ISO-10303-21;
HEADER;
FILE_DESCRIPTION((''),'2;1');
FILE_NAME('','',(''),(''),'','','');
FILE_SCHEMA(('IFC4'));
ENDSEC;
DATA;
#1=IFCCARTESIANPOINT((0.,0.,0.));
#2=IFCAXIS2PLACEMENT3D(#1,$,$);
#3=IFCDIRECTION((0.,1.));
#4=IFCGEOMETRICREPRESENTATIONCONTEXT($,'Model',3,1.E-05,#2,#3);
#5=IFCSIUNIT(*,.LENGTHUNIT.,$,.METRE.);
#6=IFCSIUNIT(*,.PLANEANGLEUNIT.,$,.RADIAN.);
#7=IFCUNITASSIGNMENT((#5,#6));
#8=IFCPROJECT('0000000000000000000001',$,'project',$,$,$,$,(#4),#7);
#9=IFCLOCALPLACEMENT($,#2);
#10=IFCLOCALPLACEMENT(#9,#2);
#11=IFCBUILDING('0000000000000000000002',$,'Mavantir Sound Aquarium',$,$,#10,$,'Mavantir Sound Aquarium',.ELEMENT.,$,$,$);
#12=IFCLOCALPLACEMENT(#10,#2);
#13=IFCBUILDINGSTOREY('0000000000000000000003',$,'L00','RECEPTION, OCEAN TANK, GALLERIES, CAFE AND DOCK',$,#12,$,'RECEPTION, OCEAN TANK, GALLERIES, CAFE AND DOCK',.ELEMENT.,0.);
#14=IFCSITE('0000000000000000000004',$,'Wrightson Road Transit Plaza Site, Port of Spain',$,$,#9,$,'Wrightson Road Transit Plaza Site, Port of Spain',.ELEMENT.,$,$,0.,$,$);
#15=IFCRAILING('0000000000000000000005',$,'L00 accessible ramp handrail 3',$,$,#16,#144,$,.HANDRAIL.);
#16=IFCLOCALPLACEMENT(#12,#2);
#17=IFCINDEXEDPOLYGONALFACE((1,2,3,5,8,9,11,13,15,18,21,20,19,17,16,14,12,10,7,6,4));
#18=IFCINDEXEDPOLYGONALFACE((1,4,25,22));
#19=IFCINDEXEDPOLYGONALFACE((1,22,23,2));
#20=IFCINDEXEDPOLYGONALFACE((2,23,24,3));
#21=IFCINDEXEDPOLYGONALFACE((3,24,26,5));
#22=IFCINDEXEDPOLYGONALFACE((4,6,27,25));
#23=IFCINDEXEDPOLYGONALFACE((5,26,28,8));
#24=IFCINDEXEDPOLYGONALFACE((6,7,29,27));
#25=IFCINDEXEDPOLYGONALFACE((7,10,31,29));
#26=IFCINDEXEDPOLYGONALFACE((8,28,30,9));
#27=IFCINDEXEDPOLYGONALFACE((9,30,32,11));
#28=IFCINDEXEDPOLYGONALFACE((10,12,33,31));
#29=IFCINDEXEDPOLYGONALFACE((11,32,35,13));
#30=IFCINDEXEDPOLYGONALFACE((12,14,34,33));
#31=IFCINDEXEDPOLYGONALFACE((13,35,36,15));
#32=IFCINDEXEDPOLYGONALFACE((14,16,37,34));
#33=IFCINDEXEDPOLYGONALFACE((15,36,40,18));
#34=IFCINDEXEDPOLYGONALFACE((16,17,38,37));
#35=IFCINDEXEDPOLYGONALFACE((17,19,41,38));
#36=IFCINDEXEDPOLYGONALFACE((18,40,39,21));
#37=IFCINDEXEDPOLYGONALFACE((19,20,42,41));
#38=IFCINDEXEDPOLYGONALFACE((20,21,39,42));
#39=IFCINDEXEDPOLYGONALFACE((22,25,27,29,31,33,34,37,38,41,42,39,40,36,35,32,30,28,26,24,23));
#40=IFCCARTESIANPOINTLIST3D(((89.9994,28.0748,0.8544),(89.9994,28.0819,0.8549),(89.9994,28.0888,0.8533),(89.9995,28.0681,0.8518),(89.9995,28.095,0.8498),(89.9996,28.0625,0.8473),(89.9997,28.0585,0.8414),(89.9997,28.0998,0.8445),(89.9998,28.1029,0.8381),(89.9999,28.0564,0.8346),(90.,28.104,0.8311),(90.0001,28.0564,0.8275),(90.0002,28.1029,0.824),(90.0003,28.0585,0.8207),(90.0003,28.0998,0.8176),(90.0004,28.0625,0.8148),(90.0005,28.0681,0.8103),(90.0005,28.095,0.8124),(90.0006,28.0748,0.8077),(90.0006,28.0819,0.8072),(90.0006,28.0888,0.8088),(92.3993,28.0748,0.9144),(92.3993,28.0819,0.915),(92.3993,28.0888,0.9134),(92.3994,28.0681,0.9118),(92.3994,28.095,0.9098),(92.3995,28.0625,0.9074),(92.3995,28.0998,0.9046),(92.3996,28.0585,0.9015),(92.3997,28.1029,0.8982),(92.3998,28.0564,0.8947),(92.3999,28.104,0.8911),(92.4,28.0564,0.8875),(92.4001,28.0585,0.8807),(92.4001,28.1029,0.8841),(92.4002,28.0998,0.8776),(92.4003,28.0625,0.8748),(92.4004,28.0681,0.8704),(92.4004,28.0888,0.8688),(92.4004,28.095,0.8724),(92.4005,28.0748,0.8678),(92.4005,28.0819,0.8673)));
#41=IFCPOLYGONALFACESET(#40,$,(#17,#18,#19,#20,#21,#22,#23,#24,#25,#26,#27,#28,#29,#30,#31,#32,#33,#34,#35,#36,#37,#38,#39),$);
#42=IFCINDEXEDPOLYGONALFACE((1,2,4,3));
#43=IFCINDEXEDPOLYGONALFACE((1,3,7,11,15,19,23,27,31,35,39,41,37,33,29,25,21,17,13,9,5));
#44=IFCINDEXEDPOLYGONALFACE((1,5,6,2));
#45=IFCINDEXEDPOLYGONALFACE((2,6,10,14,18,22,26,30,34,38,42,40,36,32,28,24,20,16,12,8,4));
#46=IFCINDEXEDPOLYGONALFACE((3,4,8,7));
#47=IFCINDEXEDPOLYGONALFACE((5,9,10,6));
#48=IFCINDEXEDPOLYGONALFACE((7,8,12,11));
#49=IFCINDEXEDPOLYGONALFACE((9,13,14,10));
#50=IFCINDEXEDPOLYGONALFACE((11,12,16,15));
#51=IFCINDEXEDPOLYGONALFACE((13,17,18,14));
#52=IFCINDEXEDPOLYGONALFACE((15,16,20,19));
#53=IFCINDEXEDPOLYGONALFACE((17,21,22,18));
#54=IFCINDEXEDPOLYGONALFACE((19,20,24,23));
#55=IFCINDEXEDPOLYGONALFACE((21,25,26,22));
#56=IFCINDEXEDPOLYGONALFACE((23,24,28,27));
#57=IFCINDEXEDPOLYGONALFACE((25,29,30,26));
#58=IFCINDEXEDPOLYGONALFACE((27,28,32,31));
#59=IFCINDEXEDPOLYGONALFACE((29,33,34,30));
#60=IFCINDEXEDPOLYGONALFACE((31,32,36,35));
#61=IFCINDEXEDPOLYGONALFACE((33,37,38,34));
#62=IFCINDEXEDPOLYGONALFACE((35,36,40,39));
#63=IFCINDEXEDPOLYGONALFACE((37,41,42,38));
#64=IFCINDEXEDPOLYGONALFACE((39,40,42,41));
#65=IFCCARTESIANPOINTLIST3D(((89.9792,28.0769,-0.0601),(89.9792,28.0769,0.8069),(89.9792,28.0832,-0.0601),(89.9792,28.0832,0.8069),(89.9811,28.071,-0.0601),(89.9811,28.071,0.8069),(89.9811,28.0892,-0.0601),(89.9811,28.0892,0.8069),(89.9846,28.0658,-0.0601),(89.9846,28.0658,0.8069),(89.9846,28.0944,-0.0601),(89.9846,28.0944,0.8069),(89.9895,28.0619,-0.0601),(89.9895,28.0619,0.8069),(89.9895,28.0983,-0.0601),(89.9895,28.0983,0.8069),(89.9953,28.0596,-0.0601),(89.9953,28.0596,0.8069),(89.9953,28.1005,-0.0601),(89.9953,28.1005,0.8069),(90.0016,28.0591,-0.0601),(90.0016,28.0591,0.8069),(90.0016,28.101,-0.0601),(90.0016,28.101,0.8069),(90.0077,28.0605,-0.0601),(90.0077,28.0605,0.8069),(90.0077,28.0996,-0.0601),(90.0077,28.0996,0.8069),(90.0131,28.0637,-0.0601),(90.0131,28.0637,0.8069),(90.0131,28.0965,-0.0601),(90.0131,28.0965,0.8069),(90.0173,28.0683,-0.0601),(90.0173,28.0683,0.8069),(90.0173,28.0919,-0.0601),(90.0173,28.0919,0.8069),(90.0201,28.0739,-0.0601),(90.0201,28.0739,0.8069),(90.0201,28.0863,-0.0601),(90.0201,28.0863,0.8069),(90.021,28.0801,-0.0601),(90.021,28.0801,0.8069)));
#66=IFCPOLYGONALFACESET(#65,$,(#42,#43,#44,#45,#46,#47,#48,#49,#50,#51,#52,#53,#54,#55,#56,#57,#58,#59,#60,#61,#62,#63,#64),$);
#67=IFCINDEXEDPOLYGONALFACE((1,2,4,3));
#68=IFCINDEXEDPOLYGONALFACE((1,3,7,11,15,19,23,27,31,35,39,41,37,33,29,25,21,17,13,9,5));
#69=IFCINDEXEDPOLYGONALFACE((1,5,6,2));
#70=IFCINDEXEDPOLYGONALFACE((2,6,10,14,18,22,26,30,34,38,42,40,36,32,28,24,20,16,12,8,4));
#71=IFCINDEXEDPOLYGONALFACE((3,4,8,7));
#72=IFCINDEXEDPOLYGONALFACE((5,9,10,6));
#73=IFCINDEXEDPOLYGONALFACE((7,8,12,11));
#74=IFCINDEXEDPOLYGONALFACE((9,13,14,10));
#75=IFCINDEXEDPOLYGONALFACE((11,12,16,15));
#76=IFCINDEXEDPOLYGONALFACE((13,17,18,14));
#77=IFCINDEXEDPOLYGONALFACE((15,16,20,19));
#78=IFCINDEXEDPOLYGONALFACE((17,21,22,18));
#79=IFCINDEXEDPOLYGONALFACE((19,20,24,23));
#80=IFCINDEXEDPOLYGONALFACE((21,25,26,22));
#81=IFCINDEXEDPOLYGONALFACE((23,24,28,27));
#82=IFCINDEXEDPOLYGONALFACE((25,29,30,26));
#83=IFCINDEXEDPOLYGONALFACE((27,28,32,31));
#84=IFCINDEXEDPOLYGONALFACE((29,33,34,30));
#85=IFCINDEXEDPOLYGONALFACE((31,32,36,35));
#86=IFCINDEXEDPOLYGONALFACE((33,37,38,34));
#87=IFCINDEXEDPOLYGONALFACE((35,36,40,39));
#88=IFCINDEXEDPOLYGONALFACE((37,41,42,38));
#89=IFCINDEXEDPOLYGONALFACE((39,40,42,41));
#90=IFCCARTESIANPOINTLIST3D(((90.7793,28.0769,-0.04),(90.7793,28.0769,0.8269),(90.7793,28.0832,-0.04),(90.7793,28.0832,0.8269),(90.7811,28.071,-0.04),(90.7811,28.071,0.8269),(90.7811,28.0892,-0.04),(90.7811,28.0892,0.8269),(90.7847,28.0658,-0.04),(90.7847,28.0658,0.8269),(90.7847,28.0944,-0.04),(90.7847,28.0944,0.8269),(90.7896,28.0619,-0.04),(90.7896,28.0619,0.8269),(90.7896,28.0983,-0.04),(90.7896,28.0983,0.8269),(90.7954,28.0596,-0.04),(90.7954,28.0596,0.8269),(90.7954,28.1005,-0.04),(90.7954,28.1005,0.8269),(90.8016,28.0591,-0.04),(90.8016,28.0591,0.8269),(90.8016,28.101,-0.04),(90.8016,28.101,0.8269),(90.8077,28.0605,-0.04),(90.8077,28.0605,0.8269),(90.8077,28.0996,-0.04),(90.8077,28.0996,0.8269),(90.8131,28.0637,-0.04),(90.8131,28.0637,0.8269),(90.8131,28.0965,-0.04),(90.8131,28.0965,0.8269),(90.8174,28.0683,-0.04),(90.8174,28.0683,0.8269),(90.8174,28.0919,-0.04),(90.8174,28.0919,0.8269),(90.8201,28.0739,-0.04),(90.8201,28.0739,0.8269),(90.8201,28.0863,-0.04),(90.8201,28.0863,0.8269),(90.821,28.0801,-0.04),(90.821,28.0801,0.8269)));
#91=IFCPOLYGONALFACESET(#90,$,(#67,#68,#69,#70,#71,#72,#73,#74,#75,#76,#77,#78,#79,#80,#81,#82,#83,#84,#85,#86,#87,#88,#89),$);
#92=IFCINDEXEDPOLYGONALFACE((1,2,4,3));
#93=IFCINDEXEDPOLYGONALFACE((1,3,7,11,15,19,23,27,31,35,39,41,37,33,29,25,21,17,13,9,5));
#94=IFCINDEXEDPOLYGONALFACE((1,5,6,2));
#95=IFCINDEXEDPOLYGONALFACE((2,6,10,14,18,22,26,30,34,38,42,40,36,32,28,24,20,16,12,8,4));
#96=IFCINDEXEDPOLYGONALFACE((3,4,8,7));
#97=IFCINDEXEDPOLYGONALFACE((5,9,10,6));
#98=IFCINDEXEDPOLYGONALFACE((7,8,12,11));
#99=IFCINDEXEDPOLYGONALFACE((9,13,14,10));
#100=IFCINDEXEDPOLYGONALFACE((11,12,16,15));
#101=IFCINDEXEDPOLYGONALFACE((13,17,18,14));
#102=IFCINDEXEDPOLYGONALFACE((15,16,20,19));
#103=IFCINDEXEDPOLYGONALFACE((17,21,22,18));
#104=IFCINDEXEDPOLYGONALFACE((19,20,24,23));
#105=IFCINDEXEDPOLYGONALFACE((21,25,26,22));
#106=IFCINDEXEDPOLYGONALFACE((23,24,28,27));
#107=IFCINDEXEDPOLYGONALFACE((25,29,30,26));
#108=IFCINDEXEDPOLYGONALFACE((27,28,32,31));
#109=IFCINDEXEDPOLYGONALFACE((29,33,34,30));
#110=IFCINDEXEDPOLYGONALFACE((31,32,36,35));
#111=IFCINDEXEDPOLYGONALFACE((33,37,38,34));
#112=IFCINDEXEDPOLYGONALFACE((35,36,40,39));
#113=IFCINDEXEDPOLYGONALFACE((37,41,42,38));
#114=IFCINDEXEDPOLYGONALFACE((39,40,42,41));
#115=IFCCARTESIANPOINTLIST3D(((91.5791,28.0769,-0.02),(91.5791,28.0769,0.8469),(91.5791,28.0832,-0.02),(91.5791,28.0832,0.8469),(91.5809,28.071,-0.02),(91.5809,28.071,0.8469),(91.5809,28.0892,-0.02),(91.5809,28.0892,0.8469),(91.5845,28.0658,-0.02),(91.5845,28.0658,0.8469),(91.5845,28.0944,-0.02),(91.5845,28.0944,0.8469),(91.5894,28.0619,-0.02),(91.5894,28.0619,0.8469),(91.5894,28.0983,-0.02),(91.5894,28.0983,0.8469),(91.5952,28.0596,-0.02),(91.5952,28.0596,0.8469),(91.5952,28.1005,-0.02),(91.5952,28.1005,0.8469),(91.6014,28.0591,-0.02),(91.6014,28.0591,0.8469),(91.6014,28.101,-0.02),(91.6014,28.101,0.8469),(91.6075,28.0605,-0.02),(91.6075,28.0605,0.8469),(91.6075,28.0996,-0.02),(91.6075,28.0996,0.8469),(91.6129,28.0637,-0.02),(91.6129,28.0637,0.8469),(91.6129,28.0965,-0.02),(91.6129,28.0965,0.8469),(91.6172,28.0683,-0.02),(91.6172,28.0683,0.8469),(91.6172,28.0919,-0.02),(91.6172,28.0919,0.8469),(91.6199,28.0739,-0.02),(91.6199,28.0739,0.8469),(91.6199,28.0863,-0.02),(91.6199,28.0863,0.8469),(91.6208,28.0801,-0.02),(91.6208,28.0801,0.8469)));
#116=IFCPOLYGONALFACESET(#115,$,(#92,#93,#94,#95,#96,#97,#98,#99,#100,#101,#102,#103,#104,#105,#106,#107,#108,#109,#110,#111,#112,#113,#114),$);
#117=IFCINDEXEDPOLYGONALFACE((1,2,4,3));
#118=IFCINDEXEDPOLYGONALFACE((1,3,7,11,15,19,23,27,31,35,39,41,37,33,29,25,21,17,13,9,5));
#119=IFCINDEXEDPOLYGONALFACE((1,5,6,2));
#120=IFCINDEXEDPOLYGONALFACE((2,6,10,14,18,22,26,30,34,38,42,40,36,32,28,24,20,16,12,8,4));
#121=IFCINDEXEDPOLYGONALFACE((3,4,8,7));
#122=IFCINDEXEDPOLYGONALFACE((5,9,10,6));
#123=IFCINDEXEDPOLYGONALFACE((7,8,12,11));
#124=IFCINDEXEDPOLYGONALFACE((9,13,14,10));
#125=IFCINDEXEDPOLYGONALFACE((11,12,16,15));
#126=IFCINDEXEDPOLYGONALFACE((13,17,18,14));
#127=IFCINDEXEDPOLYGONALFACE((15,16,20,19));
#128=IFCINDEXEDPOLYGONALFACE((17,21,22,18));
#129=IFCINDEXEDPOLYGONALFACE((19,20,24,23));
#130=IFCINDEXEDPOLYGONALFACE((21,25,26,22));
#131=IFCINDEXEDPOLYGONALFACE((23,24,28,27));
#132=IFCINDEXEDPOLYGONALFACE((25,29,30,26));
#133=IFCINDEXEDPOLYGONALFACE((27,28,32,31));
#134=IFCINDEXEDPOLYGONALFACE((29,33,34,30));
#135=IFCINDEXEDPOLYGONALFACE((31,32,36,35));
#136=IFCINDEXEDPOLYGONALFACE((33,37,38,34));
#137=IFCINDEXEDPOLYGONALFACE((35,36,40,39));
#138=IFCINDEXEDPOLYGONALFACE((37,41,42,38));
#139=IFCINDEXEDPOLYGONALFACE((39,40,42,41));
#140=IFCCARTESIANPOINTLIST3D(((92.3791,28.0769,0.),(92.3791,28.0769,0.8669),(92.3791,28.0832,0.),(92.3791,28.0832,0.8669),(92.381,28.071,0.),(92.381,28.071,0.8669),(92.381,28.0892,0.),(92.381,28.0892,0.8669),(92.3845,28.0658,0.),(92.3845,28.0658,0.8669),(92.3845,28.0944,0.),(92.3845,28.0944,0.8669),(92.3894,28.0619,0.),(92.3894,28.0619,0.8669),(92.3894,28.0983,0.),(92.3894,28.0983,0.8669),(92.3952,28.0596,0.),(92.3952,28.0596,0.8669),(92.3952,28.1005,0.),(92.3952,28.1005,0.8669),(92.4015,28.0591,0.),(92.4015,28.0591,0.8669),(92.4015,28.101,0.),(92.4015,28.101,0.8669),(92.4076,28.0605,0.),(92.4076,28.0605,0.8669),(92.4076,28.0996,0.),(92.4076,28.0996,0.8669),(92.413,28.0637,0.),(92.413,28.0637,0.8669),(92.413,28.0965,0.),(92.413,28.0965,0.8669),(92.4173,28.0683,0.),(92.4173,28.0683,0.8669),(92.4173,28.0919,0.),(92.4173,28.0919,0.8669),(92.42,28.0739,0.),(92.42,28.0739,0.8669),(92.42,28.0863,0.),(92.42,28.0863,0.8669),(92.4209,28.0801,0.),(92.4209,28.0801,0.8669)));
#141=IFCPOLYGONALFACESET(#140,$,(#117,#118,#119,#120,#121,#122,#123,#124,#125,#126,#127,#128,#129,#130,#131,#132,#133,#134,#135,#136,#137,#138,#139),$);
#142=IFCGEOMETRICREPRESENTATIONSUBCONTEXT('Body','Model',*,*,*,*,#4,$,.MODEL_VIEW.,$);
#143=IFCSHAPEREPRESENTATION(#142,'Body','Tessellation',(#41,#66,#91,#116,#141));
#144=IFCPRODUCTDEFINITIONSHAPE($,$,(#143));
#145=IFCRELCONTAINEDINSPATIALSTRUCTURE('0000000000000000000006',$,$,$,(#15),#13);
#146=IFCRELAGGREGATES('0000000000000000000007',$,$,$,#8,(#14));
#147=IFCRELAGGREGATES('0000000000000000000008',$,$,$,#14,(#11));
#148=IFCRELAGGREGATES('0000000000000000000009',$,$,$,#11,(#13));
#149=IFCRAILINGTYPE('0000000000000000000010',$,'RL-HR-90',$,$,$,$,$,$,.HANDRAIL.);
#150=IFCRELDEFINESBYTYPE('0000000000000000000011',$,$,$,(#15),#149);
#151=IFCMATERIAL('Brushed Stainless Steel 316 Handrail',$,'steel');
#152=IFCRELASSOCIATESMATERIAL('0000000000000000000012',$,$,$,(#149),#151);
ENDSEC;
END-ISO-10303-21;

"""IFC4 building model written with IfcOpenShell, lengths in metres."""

from ifc_helpers import new_model, si_unit, direction, frame, origin, origin_2d, place, context, subcontext, project, spatial, circle, extrude, material, type_object, element, save


model = new_model("IFC4")

# Units and contexts
model_context = context("Model", 3, precision=1e-05, world=origin(), true_north=direction((0.0, 1.0)))
body_context = subcontext(model_context, "Body", "Model", "MODEL_VIEW")
ifc_project = project(units=[si_unit("LENGTHUNIT", "METRE"), si_unit("PLANEANGLEUNIT", "RADIAN")], contexts=[model_context])

# Site, building, storey
site_placement = place(None, origin())
site = spatial("IfcSite", under=ifc_project, at=site_placement, Name="Wrightson Road Transit Plaza Site, Port of Spain", LongName="Wrightson Road Transit Plaza Site, Port of Spain", CompositionType="ELEMENT", RefElevation=0.0)
building_placement = place(site_placement, origin())
building = spatial("IfcBuilding", under=site, at=building_placement, Name="Mavantir Sound Aquarium", LongName="Mavantir Sound Aquarium", CompositionType="ELEMENT")
storey_placement = place(building_placement, origin())
storey = spatial("IfcBuildingStorey", under=building, at=storey_placement, Name="L00", Description="RECEPTION, OCEAN TANK, GALLERIES, CAFE AND DOCK", LongName="RECEPTION, OCEAN TANK, GALLERIES, CAFE AND DOCK", CompositionType="ELEMENT", Elevation=0.0)

# Railing
ifc_material_1 = material(Name="Brushed Stainless Steel 316 Handrail", Category="steel")
railing_type_1 = type_object("IfcRailingType", Name="RL-HR-90", PredefinedType="HANDRAIL", material=ifc_material_1)
railing_1_placement = place(storey_placement, frame((90.0, 28.0801, -0.0601)))
element("IfcRailing", 1, at=railing_1_placement, inside=storey, type_object=railing_type_1, Name="L00 accessible ramp handrail 3", PredefinedType="HANDRAIL", context=body_context, shape_type="SweptSolid", body=[
    extrude(circle(Radius=0.0239, at=origin_2d()), frame((0.0, 0.0, 0.8911), z_axis=(0.999687, 0.0, 0.025018), x_axis=(0.0, 1.0, 0.0)), (0.0, 0.0, 1.0), 2.4006),
    extrude(circle(Radius=0.021, at=origin_2d()), origin(), (0.0, 0.0, 1.0), 0.8669),
    extrude(circle(Radius=0.021, at=origin_2d()), frame((0.8, 0.0, 0.02)), (0.0, 0.0, 1.0), 0.8669),
    extrude(circle(Radius=0.021, at=origin_2d()), frame((1.5999, 0.0, 0.04)), (0.0, 0.0, 1.0), 0.8669),
    extrude(circle(Radius=0.021, at=origin_2d()), frame((2.3999, 0.0, 0.0601)), (0.0, 0.0, 1.0), 0.8669),
])

save(model, "model.ifc")
